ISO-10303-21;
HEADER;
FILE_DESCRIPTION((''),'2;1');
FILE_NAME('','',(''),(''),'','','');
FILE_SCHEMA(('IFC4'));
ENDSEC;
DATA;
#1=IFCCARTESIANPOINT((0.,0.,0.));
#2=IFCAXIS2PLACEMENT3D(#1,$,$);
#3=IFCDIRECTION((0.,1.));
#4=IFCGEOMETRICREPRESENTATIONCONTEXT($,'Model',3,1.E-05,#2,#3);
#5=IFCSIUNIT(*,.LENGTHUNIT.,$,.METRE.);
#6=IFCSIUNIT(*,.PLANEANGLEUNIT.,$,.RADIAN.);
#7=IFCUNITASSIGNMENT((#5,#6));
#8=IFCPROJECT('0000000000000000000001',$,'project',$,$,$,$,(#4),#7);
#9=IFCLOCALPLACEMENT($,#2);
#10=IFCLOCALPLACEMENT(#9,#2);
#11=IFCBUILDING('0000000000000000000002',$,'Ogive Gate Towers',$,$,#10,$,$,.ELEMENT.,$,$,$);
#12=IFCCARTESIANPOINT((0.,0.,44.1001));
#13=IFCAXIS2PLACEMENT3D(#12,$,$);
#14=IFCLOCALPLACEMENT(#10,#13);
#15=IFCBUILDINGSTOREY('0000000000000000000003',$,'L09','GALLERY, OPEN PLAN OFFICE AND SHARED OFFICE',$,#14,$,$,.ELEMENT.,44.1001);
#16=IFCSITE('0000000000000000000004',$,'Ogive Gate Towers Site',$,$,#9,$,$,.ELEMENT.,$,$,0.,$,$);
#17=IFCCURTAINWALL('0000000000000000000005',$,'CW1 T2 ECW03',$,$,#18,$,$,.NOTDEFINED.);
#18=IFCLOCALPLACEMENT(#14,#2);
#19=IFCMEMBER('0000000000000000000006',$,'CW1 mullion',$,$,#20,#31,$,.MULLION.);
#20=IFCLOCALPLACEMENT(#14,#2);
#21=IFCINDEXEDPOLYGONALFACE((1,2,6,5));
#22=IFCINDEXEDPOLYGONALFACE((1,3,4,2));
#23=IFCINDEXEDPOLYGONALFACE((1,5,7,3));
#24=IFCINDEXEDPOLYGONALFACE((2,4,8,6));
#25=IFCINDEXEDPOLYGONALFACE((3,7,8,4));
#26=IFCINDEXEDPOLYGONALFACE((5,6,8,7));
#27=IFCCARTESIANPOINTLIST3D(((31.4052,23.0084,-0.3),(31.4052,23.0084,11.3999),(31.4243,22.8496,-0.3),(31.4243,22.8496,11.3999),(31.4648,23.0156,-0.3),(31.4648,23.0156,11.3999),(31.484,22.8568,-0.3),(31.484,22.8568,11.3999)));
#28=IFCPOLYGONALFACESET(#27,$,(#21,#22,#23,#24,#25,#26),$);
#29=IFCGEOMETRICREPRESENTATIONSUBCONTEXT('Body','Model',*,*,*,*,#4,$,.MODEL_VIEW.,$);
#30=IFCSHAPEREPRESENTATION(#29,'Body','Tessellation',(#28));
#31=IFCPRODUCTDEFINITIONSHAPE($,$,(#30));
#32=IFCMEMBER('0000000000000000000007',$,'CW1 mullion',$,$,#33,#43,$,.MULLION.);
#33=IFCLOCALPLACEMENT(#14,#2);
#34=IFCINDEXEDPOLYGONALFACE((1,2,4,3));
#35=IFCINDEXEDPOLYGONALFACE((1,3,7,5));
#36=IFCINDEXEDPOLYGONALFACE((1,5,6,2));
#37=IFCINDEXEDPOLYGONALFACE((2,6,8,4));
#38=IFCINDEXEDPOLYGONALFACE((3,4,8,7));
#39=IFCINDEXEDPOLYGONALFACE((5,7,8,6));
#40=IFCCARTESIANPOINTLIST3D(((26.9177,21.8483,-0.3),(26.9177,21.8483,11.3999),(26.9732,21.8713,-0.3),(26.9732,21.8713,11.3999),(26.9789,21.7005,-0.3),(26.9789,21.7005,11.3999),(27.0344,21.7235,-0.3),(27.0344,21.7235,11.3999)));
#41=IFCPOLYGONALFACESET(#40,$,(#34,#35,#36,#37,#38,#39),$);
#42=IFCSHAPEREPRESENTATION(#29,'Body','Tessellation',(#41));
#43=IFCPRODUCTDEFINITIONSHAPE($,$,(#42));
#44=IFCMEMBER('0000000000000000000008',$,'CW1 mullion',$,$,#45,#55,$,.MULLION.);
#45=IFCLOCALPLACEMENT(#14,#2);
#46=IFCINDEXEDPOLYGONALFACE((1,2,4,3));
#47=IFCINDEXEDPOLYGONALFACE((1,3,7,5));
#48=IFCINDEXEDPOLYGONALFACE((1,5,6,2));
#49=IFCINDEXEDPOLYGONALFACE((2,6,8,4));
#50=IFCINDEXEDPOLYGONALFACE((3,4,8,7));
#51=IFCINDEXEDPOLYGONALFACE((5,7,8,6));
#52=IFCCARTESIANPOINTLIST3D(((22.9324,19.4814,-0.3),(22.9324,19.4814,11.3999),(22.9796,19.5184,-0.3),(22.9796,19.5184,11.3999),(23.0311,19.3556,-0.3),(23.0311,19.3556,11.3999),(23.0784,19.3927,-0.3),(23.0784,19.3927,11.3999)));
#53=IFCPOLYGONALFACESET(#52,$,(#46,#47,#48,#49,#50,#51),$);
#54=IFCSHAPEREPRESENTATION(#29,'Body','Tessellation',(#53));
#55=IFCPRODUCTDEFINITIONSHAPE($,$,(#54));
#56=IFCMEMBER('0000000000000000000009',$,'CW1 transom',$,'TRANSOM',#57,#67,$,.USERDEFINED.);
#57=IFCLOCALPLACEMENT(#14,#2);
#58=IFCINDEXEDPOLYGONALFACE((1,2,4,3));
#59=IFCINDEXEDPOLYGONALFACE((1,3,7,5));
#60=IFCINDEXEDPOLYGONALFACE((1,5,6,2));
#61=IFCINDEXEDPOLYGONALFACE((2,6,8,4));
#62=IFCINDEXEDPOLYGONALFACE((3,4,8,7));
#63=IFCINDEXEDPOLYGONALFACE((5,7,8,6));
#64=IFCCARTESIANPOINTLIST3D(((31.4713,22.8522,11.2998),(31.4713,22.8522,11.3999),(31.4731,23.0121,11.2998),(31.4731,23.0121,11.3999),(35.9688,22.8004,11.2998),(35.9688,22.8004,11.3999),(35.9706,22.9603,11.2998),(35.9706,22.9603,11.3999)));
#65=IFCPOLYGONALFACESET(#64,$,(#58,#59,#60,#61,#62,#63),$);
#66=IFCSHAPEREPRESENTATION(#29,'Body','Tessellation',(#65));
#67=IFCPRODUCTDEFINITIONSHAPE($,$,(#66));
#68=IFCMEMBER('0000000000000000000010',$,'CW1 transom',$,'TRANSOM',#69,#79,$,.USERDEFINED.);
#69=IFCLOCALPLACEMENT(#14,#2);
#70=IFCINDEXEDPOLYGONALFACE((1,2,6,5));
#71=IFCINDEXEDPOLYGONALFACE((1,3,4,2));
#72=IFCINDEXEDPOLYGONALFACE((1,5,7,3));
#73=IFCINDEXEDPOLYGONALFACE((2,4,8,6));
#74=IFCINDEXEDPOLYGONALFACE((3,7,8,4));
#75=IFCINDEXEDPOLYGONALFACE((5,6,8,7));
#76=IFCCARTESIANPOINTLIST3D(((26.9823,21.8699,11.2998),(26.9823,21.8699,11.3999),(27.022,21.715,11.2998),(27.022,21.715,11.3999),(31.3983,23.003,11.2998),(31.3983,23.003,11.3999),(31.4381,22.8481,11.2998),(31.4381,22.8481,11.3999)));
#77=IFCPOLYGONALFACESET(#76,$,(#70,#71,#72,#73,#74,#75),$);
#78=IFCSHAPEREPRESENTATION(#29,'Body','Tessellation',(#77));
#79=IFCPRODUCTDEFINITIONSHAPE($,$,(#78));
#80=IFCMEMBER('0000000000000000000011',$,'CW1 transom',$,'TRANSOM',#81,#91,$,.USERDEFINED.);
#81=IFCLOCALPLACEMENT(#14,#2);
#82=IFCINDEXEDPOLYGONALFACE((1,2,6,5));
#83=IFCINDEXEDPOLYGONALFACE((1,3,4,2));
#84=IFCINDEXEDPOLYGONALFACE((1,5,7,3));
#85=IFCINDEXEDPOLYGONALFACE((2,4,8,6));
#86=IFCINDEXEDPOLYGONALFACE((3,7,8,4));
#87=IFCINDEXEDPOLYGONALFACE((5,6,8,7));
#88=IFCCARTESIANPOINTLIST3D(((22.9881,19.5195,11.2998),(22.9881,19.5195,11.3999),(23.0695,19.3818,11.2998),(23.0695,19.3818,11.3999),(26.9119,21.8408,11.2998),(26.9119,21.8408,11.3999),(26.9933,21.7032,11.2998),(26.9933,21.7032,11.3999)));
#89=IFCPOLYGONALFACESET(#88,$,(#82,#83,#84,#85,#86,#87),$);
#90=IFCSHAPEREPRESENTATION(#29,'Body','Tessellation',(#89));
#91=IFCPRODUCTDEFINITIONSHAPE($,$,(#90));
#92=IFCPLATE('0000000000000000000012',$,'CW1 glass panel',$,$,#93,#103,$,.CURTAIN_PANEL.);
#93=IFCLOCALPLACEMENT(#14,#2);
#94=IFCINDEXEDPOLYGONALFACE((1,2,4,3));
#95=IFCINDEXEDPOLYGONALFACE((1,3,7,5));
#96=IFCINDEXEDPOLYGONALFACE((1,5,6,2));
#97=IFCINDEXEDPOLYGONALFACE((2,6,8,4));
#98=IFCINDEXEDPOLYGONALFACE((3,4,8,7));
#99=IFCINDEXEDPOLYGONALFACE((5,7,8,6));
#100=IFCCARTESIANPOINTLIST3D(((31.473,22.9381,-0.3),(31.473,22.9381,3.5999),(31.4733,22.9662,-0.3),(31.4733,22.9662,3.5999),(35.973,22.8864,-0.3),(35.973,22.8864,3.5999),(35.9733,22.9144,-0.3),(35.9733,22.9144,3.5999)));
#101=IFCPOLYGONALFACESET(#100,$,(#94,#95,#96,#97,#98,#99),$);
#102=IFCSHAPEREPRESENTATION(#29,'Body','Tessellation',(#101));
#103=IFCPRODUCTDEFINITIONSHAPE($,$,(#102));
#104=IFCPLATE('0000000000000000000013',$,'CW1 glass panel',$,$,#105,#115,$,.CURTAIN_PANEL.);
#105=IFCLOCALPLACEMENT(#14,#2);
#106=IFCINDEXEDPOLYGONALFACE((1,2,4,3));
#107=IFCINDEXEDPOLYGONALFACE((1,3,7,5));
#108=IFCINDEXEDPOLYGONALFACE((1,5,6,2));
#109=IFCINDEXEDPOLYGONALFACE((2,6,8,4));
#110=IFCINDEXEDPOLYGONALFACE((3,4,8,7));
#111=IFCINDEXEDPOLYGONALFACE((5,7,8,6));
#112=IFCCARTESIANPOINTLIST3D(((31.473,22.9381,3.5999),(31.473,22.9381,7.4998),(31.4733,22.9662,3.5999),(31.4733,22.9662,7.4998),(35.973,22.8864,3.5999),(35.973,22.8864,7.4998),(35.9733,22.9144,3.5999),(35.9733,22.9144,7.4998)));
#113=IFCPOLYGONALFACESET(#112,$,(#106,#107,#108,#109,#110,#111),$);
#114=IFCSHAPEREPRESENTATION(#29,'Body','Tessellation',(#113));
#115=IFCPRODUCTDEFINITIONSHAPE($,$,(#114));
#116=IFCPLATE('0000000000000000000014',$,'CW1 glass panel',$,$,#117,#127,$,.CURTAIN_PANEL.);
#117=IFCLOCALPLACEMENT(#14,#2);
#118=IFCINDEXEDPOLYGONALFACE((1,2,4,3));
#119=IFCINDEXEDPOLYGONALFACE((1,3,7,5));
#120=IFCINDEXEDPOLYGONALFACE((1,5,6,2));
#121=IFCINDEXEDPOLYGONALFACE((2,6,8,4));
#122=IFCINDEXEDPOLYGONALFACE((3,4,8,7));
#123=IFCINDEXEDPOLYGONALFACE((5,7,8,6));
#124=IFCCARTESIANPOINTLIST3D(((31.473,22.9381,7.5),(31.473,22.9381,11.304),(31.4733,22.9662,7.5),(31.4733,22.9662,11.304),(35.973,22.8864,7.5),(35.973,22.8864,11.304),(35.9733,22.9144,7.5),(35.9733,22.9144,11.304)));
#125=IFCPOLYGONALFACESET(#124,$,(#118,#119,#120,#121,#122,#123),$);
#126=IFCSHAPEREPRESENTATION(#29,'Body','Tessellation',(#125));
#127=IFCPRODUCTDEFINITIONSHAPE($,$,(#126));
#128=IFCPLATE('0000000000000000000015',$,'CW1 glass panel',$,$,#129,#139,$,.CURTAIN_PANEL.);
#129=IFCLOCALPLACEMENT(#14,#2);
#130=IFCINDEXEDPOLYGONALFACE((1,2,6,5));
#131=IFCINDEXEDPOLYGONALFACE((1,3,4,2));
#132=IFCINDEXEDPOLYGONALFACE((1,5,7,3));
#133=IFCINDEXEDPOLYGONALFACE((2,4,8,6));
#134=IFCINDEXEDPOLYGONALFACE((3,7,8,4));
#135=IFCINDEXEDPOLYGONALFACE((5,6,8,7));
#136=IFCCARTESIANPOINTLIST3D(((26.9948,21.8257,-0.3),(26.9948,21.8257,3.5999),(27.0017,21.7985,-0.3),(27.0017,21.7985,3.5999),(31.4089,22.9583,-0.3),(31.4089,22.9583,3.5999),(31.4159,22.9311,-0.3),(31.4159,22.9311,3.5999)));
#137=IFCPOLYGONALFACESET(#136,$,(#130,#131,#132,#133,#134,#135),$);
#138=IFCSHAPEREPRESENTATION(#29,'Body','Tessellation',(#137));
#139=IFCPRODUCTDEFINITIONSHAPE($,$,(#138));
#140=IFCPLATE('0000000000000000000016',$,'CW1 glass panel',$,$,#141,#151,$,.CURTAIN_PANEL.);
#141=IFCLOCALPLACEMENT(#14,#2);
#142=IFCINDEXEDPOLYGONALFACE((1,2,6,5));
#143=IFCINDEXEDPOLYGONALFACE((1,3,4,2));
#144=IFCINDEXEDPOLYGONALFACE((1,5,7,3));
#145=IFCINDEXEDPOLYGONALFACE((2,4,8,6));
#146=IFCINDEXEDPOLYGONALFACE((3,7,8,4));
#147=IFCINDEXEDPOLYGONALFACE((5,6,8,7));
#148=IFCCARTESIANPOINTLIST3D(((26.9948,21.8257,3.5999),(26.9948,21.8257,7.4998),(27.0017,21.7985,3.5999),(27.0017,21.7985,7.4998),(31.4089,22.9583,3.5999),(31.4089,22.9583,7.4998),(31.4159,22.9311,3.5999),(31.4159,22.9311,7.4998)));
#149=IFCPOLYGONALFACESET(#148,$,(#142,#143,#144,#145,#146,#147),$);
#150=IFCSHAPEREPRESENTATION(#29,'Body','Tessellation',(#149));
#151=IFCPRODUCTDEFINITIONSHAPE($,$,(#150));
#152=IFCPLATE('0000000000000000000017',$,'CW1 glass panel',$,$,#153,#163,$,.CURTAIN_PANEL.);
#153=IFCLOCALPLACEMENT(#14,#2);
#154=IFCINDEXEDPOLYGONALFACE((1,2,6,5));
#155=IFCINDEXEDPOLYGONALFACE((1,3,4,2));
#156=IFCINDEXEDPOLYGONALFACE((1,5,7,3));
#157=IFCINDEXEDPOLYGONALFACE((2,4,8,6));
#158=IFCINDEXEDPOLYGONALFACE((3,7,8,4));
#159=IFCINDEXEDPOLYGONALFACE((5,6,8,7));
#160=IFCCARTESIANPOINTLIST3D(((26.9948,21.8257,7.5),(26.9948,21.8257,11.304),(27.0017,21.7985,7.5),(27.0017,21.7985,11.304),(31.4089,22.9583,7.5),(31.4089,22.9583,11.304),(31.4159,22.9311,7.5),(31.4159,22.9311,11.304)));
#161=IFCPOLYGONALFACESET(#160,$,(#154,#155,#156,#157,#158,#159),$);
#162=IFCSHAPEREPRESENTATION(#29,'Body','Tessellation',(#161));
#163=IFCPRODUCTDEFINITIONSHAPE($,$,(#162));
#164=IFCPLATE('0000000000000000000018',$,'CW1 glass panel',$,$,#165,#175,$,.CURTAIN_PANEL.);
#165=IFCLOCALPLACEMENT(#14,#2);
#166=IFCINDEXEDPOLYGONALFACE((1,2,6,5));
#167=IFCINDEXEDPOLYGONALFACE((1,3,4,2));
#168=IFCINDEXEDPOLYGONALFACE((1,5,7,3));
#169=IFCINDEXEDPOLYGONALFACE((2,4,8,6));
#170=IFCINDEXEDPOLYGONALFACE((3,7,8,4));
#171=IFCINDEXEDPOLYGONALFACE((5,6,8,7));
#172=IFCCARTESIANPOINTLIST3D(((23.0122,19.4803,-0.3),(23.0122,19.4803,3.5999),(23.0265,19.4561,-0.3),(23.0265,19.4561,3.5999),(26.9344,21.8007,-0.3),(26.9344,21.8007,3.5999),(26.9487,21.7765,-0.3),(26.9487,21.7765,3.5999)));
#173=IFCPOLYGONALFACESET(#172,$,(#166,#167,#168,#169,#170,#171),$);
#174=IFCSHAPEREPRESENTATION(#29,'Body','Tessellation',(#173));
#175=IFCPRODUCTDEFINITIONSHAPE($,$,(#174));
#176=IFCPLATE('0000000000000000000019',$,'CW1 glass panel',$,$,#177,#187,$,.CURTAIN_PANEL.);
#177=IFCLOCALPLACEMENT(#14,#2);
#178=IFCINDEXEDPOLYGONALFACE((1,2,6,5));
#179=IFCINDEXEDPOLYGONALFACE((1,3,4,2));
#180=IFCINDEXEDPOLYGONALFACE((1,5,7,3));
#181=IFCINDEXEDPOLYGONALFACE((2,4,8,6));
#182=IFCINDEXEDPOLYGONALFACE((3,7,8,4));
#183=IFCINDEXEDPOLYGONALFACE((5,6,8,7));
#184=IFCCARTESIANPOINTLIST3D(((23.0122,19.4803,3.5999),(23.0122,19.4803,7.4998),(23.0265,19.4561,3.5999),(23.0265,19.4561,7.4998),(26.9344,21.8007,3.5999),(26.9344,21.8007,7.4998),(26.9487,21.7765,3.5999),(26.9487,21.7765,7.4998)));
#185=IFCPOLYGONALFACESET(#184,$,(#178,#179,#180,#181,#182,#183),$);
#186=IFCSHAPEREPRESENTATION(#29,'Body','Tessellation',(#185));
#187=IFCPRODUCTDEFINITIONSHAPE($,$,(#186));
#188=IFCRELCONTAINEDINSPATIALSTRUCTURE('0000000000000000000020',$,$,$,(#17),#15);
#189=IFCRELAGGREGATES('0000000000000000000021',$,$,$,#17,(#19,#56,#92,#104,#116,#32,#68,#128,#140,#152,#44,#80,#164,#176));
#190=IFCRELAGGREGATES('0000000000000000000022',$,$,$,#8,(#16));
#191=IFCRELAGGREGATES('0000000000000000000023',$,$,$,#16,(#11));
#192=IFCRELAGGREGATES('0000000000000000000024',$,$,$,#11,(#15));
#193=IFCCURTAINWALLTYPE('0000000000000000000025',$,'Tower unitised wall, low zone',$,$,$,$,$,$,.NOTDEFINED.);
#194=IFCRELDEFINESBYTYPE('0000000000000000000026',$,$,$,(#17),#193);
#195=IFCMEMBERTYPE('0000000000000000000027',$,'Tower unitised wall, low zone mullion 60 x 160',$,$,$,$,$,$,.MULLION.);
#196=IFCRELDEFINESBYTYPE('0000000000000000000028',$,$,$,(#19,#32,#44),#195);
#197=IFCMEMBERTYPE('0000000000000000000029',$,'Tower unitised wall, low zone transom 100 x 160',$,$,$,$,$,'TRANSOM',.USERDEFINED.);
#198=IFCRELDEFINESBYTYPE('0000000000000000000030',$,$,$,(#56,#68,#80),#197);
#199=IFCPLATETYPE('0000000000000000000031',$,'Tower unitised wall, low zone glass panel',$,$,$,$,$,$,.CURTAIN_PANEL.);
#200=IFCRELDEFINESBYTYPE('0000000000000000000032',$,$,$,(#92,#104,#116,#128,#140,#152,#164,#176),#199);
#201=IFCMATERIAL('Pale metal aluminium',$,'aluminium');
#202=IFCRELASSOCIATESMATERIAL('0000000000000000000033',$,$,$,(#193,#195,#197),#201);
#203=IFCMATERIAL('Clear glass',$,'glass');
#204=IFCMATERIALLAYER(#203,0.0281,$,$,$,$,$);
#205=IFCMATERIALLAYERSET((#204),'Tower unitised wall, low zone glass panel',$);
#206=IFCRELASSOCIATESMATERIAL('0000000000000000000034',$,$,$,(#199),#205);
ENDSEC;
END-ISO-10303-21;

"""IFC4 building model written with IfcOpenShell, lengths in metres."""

from ifc_helpers import new_model, si_unit, direction, frame, origin, origin_2d, place, context, subcontext, project, spatial, rectangle, extrude, material, layer, layer_set, material_profile, profile_set, type_object, element, aggregate, save


model = new_model("IFC4")

# Units and contexts
model_context = context("Model", 3, precision=1e-05, world=origin(), true_north=direction((0.0, 1.0)))
body_context = subcontext(model_context, "Body", "Model", "MODEL_VIEW")
ifc_project = project(units=[si_unit("LENGTHUNIT", "METRE"), si_unit("PLANEANGLEUNIT", "RADIAN")], contexts=[model_context])

# Site, building, storey
site_placement = place(None, origin())
site = spatial("IfcSite", under=ifc_project, at=site_placement, Name="Ogive Gate Towers Site", CompositionType="ELEMENT", RefElevation=0.0)
building_placement = place(site_placement, origin())
building = spatial("IfcBuilding", under=site, at=building_placement, Name="Ogive Gate Towers", CompositionType="ELEMENT")
storey_placement = place(building_placement, frame((0.0, 0.0, 44.1001)))
storey = spatial("IfcBuildingStorey", under=building, at=storey_placement, Name="L09", Description="GALLERY, OPEN PLAN OFFICE AND SHARED OFFICE", CompositionType="ELEMENT", Elevation=44.1001)

# Curtain wall, members, plates
ifc_material_1 = material(Name="Pale metal aluminium", Category="aluminium")
curtain_wall_type = type_object("IfcCurtainWallType", Name="Tower unitised wall, low zone", PredefinedType="NOTDEFINED", material=ifc_material_1)
curtain_wall_placement = place(storey_placement, origin())
curtain_wall = element("IfcCurtainWall", 1, at=curtain_wall_placement, inside=storey, type_object=curtain_wall_type, Name="CW1 T2 ECW03", PredefinedType="NOTDEFINED")
ifc_material_profile_1 = material_profile(ifc_material_1, rectangle(XDim=0.1599, YDim=0.0601, at=origin_2d()), Name="60 x 160 aluminium box")
ifc_profile_set_1 = profile_set([ifc_material_profile_1], Name="Pale metal aluminium")
member_type_1 = type_object("IfcMemberType", Name="Tower unitised wall, low zone mullion 60 x 160", PredefinedType="MULLION", material=ifc_profile_set_1)
member_1_placement = place(storey_placement, frame((31.4446, 22.9326, -0.3), z_axis=(0.0, 0.0, 1.0), x_axis=(-0.119548, 0.992828, 0.0)))
member_1 = element("IfcMember", 2, at=member_1_placement, type_object=member_type_1, Name="CW1 mullion", PredefinedType="MULLION", context=body_context, shape_type="SweptSolid", body=[
    extrude(rectangle(XDim=0.1599, YDim=0.0601, at=origin_2d()), origin(), (0.0, 0.0, 1.0), 11.7),
])
member_2_placement = place(storey_placement, frame((26.9761, 21.7859, -0.3), z_axis=(0.0, 0.0, 1.0), x_axis=(-0.382683, 0.92388, 0.0)))
member_2 = element("IfcMember", 3, at=member_2_placement, type_object=member_type_1, Name="CW1 mullion", PredefinedType="MULLION", context=body_context, shape_type="SweptSolid", body=[
    extrude(rectangle(XDim=0.1599, YDim=0.0601, at=origin_2d()), origin(), (0.0, 0.0, 1.0), 11.7),
])
member_3_placement = place(storey_placement, frame((23.0054, 19.437, -0.3), z_axis=(0.0, 0.0, 1.0), x_axis=(-0.617516, 0.786558, 0.0)))
member_3 = element("IfcMember", 4, at=member_3_placement, type_object=member_type_1, Name="CW1 mullion", PredefinedType="MULLION", context=body_context, shape_type="SweptSolid", body=[
    extrude(rectangle(XDim=0.1599, YDim=0.0601, at=origin_2d()), origin(), (0.0, 0.0, 1.0), 11.7),
])
ifc_material_profile_2 = material_profile(ifc_material_1, rectangle(XDim=0.1599, YDim=0.1001, at=origin_2d()), Name="100 x 160 aluminium box")
ifc_profile_set_2 = profile_set([ifc_material_profile_2], Name="Pale metal aluminium")
member_type_2 = type_object("IfcMemberType", Name="Tower unitised wall, low zone transom 100 x 160", ElementType="TRANSOM", PredefinedType="USERDEFINED", material=ifc_profile_set_2)
member_4_placement = place(storey_placement, frame((35.9697, 22.8804, 11.3499), z_axis=(-0.999934, 0.011507, 0.0), x_axis=(-0.011507, -0.999934, 0.0)))
member_4 = element("IfcMember", 5, at=member_4_placement, type_object=member_type_2, Name="CW1 transom", ObjectType="TRANSOM", PredefinedType="USERDEFINED", context=body_context, shape_type="SweptSolid", body=[
    extrude(rectangle(XDim=0.1599, YDim=0.1001, at=origin_2d()), origin(), (0.0, 0.0, 1.0), 4.4978),
])
member_5_placement = place(storey_placement, frame((31.4182, 22.9255, 11.3499), z_axis=(-0.968625, -0.248529, 0.0), x_axis=(0.248529, -0.968625, 0.0)))
member_5 = element("IfcMember", 6, at=member_5_placement, type_object=member_type_2, Name="CW1 transom", ObjectType="TRANSOM", PredefinedType="USERDEFINED", context=body_context, shape_type="SweptSolid", body=[
    extrude(rectangle(XDim=0.1599, YDim=0.1001, at=origin_2d()), origin(), (0.0, 0.0, 1.0), 4.5591),
])
member_6_placement = place(storey_placement, frame((26.9526, 21.772, 11.3499), z_axis=(-0.860671, -0.509162, 0.0), x_axis=(0.509162, -0.860671, 0.0)))
member_6 = element("IfcMember", 7, at=member_6_placement, type_object=member_type_2, Name="CW1 transom", ObjectType="TRANSOM", PredefinedType="USERDEFINED", context=body_context, shape_type="SweptSolid", body=[
    extrude(rectangle(XDim=0.1599, YDim=0.1001, at=origin_2d()), origin(), (0.0, 0.0, 1.0), 4.5591),
])
ifc_material_2 = material(Name="Clear glass", Category="glass")
ifc_layer_1 = layer(ifc_material_2, 0.0281)
ifc_layer_set_1 = layer_set([ifc_layer_1], Name="Tower unitised wall, low zone glass panel")
plate_type = type_object("IfcPlateType", Name="Tower unitised wall, low zone glass panel", PredefinedType="CURTAIN_PANEL", material=ifc_layer_set_1)
plate_1_placement = place(storey_placement, frame((33.7231, 22.9263, -0.3), z_axis=(0.0, 0.0, 1.0), x_axis=(-0.999934, 0.011501, 0.0)))
plate_1 = element("IfcPlate", 8, at=plate_1_placement, type_object=plate_type, Name="CW1 glass panel", PredefinedType="CURTAIN_PANEL", context=body_context, shape_type="SweptSolid", body=[
    extrude(rectangle(XDim=4.5002, YDim=0.0281, at=origin_2d()), origin(), (0.0, 0.0, 1.0), 3.8999),
])
plate_2_placement = place(storey_placement, frame((33.7231, 22.9263, 3.5999), z_axis=(0.0, 0.0, 1.0), x_axis=(-0.999934, 0.011501, 0.0)))
plate_2 = element("IfcPlate", 9, at=plate_2_placement, type_object=plate_type, Name="CW1 glass panel", PredefinedType="CURTAIN_PANEL", context=body_context, shape_type="SweptSolid", body=[
    extrude(rectangle(XDim=4.5002, YDim=0.0281, at=origin_2d()), origin(), (0.0, 0.0, 1.0), 3.8999),
])
plate_3_placement = place(storey_placement, frame((33.7231, 22.9263, 7.5), z_axis=(0.0, 0.0, 1.0), x_axis=(-0.999934, 0.011501, 0.0)))
plate_3 = element("IfcPlate", 10, at=plate_3_placement, type_object=plate_type, Name="CW1 glass panel", PredefinedType="CURTAIN_PANEL", context=body_context, shape_type="SweptSolid", body=[
    extrude(rectangle(XDim=4.5002, YDim=0.0281, at=origin_2d()), origin(), (0.0, 0.0, 1.0), 3.804),
])
plate_4_placement = place(storey_placement, frame((29.2053, 22.3784, -0.3), z_axis=(0.0, 0.0, 1.0), x_axis=(-0.968627, -0.248521, 0.0)))
plate_4 = element("IfcPlate", 11, at=plate_4_placement, type_object=plate_type, Name="CW1 glass panel", PredefinedType="CURTAIN_PANEL", context=body_context, shape_type="SweptSolid", body=[
    extrude(rectangle(XDim=4.5571, YDim=0.0281, at=origin_2d()), origin(), (0.0, 0.0, 1.0), 3.8999),
])
plate_5_placement = place(storey_placement, frame((29.2053, 22.3784, 3.5999), z_axis=(0.0, 0.0, 1.0), x_axis=(-0.968627, -0.248521, 0.0)))
plate_5 = element("IfcPlate", 12, at=plate_5_placement, type_object=plate_type, Name="CW1 glass panel", PredefinedType="CURTAIN_PANEL", context=body_context, shape_type="SweptSolid", body=[
    extrude(rectangle(XDim=4.5571, YDim=0.0281, at=origin_2d()), origin(), (0.0, 0.0, 1.0), 3.8999),
])
plate_6_placement = place(storey_placement, frame((29.2053, 22.3784, 7.5), z_axis=(0.0, 0.0, 1.0), x_axis=(-0.968627, -0.248521, 0.0)))
plate_6 = element("IfcPlate", 13, at=plate_6_placement, type_object=plate_type, Name="CW1 glass panel", PredefinedType="CURTAIN_PANEL", context=body_context, shape_type="SweptSolid", body=[
    extrude(rectangle(XDim=4.5571, YDim=0.0281, at=origin_2d()), origin(), (0.0, 0.0, 1.0), 3.804),
])
plate_7_placement = place(storey_placement, frame((24.9805, 20.6284, -0.3), z_axis=(0.0, 0.0, 1.0), x_axis=(-0.860662, -0.509177, 0.0)))
plate_7 = element("IfcPlate", 14, at=plate_7_placement, type_object=plate_type, Name="CW1 glass panel", PredefinedType="CURTAIN_PANEL", context=body_context, shape_type="SweptSolid", body=[
    extrude(rectangle(XDim=4.5571, YDim=0.0281, at=origin_2d()), origin(), (0.0, 0.0, 1.0), 3.8999),
])
plate_8_placement = place(storey_placement, frame((24.9805, 20.6284, 3.5999), z_axis=(0.0, 0.0, 1.0), x_axis=(-0.860662, -0.509177, 0.0)))
plate_8 = element("IfcPlate", 15, at=plate_8_placement, type_object=plate_type, Name="CW1 glass panel", PredefinedType="CURTAIN_PANEL", context=body_context, shape_type="SweptSolid", body=[
    extrude(rectangle(XDim=4.5571, YDim=0.0281, at=origin_2d()), origin(), (0.0, 0.0, 1.0), 3.8999),
])
aggregate(curtain_wall, [member_1, member_4, plate_1, plate_2, plate_3, member_2, member_5, plate_4, plate_5, plate_6, member_3, member_6, plate_7, plate_8])

save(model, "model.ifc")
